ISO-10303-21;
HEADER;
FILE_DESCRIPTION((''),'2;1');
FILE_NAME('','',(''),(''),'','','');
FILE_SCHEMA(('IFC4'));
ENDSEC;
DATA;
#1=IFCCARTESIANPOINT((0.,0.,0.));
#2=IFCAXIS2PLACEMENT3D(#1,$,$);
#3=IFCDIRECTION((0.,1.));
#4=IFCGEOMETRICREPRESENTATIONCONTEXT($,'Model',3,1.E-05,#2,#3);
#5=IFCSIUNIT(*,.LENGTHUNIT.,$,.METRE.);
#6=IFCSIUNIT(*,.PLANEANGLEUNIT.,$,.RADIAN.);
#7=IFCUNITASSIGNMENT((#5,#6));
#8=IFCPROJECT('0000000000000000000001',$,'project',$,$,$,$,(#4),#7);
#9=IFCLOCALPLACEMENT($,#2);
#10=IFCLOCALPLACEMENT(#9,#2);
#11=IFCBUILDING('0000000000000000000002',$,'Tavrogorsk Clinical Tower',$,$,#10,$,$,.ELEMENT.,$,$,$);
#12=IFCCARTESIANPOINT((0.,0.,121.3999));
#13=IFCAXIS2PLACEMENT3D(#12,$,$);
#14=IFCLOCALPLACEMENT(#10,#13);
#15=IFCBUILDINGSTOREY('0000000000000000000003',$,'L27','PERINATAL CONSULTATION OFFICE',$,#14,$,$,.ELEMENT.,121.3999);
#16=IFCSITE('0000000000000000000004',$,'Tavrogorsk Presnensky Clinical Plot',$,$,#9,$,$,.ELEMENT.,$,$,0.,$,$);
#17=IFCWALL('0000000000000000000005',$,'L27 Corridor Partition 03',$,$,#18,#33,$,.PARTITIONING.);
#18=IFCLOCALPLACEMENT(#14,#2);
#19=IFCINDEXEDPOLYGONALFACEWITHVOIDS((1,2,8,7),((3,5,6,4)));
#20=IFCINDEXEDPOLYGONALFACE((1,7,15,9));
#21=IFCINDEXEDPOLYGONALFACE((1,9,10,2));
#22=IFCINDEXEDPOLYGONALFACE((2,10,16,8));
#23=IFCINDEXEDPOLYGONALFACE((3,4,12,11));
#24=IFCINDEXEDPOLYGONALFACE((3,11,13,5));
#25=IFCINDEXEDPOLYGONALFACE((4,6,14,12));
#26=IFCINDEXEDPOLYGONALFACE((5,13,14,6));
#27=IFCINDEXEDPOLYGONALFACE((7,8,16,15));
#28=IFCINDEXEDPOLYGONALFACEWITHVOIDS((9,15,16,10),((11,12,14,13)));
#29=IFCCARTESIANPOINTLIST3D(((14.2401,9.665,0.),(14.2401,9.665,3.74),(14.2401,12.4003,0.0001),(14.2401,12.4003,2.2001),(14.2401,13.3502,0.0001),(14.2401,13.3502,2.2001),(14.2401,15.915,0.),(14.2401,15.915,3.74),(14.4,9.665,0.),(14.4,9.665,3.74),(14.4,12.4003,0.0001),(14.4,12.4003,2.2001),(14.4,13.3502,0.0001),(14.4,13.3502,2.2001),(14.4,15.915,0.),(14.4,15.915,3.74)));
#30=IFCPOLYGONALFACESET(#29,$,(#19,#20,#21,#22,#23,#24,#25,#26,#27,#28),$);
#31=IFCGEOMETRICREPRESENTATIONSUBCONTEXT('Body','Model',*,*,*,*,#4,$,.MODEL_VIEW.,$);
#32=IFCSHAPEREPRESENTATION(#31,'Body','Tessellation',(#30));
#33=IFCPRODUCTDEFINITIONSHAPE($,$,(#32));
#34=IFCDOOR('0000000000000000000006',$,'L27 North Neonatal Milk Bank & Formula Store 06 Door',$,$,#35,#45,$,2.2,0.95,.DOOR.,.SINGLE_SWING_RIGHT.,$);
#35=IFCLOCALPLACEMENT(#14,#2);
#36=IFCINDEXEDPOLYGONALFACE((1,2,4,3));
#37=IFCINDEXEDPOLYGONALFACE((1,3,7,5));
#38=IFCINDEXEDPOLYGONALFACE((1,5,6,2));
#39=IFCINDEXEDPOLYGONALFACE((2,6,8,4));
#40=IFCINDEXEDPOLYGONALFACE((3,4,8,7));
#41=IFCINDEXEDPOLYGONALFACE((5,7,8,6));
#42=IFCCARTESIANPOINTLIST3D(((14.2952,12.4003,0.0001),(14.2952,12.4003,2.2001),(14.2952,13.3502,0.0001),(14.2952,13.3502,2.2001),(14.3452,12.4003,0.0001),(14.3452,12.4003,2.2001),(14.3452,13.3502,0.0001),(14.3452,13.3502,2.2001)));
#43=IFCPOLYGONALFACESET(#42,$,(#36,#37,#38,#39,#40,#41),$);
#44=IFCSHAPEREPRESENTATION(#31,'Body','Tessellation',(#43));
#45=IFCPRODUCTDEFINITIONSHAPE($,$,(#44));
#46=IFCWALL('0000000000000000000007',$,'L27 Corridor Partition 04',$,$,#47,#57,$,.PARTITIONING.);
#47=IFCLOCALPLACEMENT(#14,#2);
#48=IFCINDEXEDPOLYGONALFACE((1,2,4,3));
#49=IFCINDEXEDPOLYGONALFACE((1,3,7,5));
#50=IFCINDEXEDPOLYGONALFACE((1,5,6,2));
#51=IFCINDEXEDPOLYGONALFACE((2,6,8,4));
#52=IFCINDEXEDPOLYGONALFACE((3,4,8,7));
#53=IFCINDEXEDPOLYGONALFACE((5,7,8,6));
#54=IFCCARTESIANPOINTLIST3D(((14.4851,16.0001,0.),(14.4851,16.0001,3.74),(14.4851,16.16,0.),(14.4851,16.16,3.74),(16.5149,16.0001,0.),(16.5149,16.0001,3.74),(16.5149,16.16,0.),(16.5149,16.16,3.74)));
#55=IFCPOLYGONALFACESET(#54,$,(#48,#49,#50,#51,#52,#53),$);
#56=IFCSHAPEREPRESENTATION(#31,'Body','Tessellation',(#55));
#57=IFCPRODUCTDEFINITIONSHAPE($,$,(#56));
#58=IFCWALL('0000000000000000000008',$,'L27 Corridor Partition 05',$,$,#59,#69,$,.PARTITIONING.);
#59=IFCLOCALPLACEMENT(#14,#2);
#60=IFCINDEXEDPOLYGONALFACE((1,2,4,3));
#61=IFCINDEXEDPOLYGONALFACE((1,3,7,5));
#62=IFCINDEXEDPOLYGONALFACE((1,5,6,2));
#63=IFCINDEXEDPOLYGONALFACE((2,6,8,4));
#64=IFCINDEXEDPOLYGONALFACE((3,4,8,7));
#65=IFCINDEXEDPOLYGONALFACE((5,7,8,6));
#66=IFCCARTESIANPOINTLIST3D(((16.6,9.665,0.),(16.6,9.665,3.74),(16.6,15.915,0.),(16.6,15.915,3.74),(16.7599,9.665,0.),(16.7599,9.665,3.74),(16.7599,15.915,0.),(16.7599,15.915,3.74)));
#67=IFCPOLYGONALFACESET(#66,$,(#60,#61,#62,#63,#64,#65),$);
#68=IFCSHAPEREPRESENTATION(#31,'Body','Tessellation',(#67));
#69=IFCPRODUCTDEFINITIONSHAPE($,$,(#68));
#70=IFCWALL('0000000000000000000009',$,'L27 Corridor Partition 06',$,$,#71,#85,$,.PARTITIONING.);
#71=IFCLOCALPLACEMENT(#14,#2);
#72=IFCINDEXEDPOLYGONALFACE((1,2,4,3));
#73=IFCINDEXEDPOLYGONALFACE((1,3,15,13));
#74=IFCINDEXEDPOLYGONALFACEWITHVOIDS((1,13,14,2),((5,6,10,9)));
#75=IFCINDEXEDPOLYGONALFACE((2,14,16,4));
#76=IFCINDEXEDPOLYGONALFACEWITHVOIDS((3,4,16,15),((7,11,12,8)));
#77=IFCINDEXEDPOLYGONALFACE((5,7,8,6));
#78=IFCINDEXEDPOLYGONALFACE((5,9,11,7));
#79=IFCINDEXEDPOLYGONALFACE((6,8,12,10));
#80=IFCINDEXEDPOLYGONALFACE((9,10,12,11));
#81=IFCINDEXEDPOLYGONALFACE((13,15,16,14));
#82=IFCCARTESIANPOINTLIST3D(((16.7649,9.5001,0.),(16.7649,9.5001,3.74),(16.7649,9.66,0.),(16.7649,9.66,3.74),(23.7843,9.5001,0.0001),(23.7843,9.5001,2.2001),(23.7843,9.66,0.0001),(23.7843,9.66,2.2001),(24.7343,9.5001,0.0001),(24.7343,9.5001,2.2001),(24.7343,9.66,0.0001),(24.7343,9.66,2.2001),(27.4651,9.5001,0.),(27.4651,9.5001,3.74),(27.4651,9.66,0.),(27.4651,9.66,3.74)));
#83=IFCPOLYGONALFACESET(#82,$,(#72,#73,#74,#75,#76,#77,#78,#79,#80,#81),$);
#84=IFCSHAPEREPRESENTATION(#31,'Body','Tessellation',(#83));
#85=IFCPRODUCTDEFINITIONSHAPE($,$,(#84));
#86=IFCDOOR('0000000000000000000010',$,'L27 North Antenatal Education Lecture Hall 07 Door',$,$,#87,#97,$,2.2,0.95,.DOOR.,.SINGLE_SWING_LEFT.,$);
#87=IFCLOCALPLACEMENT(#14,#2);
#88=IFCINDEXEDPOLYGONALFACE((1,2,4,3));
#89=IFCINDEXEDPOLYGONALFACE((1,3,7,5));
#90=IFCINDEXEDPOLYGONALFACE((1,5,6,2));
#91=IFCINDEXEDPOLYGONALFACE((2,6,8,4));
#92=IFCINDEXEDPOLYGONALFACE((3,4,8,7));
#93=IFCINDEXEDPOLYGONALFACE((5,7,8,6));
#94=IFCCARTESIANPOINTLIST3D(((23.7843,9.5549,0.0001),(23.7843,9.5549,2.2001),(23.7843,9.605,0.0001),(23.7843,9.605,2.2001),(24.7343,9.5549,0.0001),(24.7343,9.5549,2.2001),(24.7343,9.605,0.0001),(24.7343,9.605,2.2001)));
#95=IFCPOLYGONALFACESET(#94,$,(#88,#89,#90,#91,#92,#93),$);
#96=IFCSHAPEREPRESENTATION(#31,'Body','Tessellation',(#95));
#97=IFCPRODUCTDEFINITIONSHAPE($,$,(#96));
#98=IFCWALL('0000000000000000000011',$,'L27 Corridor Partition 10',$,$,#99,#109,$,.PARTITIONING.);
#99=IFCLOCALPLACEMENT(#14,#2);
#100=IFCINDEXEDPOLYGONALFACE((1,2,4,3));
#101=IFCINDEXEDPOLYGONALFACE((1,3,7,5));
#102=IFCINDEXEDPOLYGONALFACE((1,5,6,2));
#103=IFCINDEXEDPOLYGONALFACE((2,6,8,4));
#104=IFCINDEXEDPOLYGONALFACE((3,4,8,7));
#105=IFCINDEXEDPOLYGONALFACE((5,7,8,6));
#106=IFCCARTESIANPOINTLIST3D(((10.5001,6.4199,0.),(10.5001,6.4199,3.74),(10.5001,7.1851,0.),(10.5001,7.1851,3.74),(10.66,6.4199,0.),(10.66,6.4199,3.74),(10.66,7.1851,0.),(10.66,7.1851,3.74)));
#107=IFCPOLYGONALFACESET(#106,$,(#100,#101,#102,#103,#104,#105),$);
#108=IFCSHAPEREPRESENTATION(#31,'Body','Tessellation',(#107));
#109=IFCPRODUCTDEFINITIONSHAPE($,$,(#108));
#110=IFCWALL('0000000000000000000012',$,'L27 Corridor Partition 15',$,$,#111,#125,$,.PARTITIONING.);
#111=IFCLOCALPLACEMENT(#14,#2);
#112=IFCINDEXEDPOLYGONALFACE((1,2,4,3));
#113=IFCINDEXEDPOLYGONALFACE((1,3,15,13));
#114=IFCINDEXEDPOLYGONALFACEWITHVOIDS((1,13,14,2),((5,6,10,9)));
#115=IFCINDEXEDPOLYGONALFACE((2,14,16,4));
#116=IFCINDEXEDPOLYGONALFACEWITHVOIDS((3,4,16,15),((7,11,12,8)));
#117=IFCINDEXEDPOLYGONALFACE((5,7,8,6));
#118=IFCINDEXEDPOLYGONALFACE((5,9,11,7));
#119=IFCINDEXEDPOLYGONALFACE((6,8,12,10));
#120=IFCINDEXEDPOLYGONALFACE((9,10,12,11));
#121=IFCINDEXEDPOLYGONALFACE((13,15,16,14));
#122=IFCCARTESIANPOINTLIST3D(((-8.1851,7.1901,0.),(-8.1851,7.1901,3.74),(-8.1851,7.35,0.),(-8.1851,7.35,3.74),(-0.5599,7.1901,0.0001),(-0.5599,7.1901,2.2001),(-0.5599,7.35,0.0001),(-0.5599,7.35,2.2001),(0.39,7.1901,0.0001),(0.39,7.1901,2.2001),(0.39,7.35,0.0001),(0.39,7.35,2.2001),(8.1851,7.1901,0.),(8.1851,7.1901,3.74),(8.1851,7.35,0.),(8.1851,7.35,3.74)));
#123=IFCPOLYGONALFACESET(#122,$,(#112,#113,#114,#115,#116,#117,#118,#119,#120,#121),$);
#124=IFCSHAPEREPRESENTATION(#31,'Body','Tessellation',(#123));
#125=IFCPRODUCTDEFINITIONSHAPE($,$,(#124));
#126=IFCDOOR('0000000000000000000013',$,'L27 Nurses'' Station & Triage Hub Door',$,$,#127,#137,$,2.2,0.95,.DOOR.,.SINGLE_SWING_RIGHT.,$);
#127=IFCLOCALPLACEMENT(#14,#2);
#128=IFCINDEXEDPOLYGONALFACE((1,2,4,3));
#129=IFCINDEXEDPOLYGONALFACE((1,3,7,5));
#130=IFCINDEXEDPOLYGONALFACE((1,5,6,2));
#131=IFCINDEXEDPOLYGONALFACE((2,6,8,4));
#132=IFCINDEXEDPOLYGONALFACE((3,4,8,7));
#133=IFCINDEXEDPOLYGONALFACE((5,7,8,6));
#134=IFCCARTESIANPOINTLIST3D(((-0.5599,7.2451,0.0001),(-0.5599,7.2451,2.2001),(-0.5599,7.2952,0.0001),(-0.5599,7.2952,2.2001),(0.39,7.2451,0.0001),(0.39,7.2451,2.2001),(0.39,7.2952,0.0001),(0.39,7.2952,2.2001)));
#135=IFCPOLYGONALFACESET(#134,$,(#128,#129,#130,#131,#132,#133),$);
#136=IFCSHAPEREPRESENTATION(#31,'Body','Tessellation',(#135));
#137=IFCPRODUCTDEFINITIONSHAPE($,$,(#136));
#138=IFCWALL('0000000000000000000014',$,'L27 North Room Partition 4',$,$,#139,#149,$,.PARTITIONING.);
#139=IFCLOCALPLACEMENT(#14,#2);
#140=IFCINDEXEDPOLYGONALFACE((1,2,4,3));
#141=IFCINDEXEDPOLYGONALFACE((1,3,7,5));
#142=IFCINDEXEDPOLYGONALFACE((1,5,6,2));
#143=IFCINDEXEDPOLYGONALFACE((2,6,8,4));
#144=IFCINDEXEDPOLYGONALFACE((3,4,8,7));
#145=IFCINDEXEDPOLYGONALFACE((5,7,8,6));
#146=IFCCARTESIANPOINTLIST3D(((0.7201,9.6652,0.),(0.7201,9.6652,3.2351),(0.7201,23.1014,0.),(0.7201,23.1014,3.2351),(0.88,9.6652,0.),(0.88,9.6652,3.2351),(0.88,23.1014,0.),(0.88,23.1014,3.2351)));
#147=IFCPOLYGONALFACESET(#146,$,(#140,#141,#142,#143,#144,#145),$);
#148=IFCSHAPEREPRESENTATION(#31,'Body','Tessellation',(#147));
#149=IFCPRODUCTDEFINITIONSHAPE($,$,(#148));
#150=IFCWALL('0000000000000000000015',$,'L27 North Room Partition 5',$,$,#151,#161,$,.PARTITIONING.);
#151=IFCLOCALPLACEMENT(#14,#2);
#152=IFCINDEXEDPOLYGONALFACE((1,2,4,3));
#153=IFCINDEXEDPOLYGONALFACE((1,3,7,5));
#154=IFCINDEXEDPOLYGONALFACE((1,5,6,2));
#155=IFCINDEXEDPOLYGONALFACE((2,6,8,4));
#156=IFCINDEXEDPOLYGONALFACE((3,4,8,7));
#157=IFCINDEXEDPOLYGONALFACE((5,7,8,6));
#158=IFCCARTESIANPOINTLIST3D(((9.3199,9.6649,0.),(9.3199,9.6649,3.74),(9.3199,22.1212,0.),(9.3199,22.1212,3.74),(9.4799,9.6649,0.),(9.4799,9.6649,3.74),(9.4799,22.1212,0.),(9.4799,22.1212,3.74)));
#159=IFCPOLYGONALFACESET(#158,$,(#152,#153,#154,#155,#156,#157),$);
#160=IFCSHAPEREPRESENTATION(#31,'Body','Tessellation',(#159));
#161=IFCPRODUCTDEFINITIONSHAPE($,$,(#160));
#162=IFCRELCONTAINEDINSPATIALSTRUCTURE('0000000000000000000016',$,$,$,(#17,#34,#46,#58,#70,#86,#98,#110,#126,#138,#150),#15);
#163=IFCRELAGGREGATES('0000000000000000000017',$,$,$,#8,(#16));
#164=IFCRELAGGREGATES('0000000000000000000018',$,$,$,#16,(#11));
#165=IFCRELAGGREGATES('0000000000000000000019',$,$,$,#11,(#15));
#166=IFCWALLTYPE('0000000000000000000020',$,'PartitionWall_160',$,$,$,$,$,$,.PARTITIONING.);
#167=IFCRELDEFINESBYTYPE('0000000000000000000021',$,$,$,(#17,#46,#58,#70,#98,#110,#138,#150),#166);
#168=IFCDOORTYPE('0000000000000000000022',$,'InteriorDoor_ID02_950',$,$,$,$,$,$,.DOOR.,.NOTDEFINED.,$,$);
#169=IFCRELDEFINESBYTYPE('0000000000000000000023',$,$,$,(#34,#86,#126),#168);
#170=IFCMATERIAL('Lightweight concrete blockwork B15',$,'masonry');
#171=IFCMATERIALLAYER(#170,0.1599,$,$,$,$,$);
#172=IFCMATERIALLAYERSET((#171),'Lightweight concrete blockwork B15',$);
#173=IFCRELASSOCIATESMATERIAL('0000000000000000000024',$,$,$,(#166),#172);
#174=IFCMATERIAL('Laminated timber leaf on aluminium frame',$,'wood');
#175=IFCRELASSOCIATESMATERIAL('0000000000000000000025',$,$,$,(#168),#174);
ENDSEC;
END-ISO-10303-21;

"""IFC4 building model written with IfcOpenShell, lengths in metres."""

from ifc_helpers import new_model, si_unit, direction, frame, frame_2d, origin, place, context, subcontext, project, spatial, rectangle, extrude, material, layer, layer_set, type_object, element, fill, save


model = new_model("IFC4")

# Units and contexts
model_context = context("Model", 3, precision=1e-05, world=origin(), true_north=direction((0.0, 1.0)))
body_context = subcontext(model_context, "Body", "Model", "MODEL_VIEW")
ifc_project = project(units=[si_unit("LENGTHUNIT", "METRE"), si_unit("PLANEANGLEUNIT", "RADIAN")], contexts=[model_context])

# Site, building, storey
site_placement = place(None, origin())
site = spatial("IfcSite", under=ifc_project, at=site_placement, Name="Tavrogorsk Presnensky Clinical Plot", CompositionType="ELEMENT", RefElevation=0.0)
building_placement = place(site_placement, origin())
building = spatial("IfcBuilding", under=site, at=building_placement, Name="Tavrogorsk Clinical Tower", CompositionType="ELEMENT")
storey_placement = place(building_placement, frame((0.0, 0.0, 121.3999)))
storey = spatial("IfcBuildingStorey", under=building, at=storey_placement, Name="L27", Description="PERINATAL CONSULTATION OFFICE", CompositionType="ELEMENT", Elevation=121.3999)

# Wall, opening, door
ifc_material_1 = material(Name="Lightweight concrete blockwork B15", Category="masonry")
ifc_layer_1 = layer(ifc_material_1, 0.1599)
ifc_layer_set_1 = layer_set([ifc_layer_1], Name="Lightweight concrete blockwork B15")
wall_type_1 = type_object("IfcWallType", Name="PartitionWall_160", PredefinedType="PARTITIONING", material=ifc_layer_set_1)
wall_1_placement = place(storey_placement, frame((14.3201, 9.665, 0.0), z_axis=(0.0, 0.0, 1.0), x_axis=(0.0, 1.0, 0.0)))
wall_1 = element("IfcWall", 1, at=wall_1_placement, inside=storey, type_object=wall_type_1, Name="L27 Corridor Partition 03", PredefinedType="PARTITIONING", context=body_context, shape_type="SweptSolid", body=[
    extrude(rectangle(XDim=6.25, YDim=0.1599, at=frame_2d((3.125, 0.0))), origin(), (0.0, 0.0, 1.0), 3.74),
])
opening_1_placement = place(wall_1_placement, frame((2.7351, 0.0, 0.0)))
opening_1 = element("IfcOpeningElement", 2, at=opening_1_placement, cuts=wall_1, PredefinedType="OPENING", context=body_context, shape_type="SweptSolid", body=[
    extrude(rectangle(XDim=0.95, YDim=2.2, at=frame_2d((0.4751, 1.1001))), frame((0.0, 0.0898, 0.0), z_axis=(0.0, -1.0, 0.0), x_axis=(1.0, 0.0, 0.0)), (0.0, 0.0, 1.0), 0.1799),
])
ifc_material_2 = material(Name="Laminated timber leaf on aluminium frame", Category="wood")
door_type = type_object("IfcDoorType", Name="InteriorDoor_ID02_950", OperationType="NOTDEFINED", PredefinedType="DOOR", material=ifc_material_2)
door_1_placement = place(opening_1_placement, origin())
door_1 = element("IfcDoor", 3, at=door_1_placement, inside=storey, type_object=door_type, Name="L27 North Neonatal Milk Bank & Formula Store 06 Door", OperationType="SINGLE_SWING_RIGHT", OverallHeight=2.2, OverallWidth=0.95, PredefinedType="DOOR", context=body_context, shape_type="SweptSolid", body=[
    extrude(rectangle(XDim=0.95, YDim=2.2, at=frame_2d((0.4751, 1.1001))), frame((0.0, 0.0249, 0.0), z_axis=(0.0, -1.0, 0.0), x_axis=(1.0, 0.0, 0.0)), (0.0, 0.0, 1.0), 0.05),
])
fill(opening_1, door_1)

# Walls
wall_2_placement = place(storey_placement, frame((14.4851, 16.0801, 0.0), z_axis=(0.0, 0.0, 1.0), x_axis=(1.0, 0.0, 0.0)))
element("IfcWall", 4, at=wall_2_placement, inside=storey, type_object=wall_type_1, Name="L27 Corridor Partition 04", PredefinedType="PARTITIONING", context=body_context, shape_type="SweptSolid", body=[
    extrude(rectangle(XDim=2.0298, YDim=0.1599, at=frame_2d((1.0149, 0.0))), origin(), (0.0, 0.0, 1.0), 3.74),
])
wall_3_placement = place(storey_placement, frame((16.6799, 15.915, 0.0), z_axis=(0.0, 0.0, 1.0), x_axis=(0.0, -1.0, 0.0)))
element("IfcWall", 5, at=wall_3_placement, inside=storey, type_object=wall_type_1, Name="L27 Corridor Partition 05", PredefinedType="PARTITIONING", context=body_context, shape_type="SweptSolid", body=[
    extrude(rectangle(XDim=6.25, YDim=0.1599, at=frame_2d((3.125, 0.0))), origin(), (0.0, 0.0, 1.0), 3.74),
])

# Wall, opening, door
wall_4_placement = place(storey_placement, frame((16.7649, 9.5801, 0.0), z_axis=(0.0, 0.0, 1.0), x_axis=(1.0, 0.0, 0.0)))
wall_4 = element("IfcWall", 6, at=wall_4_placement, inside=storey, type_object=wall_type_1, Name="L27 Corridor Partition 06", PredefinedType="PARTITIONING", context=body_context, shape_type="SweptSolid", body=[
    extrude(rectangle(XDim=10.7002, YDim=0.1599, at=frame_2d((5.3501, 0.0))), origin(), (0.0, 0.0, 1.0), 3.74),
])
opening_2_placement = place(wall_4_placement, frame((7.0193, 0.0, 0.0)))
opening_2 = element("IfcOpeningElement", 7, at=opening_2_placement, cuts=wall_4, PredefinedType="OPENING", context=body_context, shape_type="SweptSolid", body=[
    extrude(rectangle(XDim=0.95, YDim=2.2, at=frame_2d((0.4751, 1.1001))), frame((0.0, 0.0898, 0.0), z_axis=(0.0, -1.0, 0.0), x_axis=(1.0, 0.0, 0.0)), (0.0, 0.0, 1.0), 0.1799),
])
door_2_placement = place(opening_2_placement, origin())
door_2 = element("IfcDoor", 8, at=door_2_placement, inside=storey, type_object=door_type, Name="L27 North Antenatal Education Lecture Hall 07 Door", OperationType="SINGLE_SWING_LEFT", OverallHeight=2.2, OverallWidth=0.95, PredefinedType="DOOR", context=body_context, shape_type="SweptSolid", body=[
    extrude(rectangle(XDim=0.95, YDim=2.2, at=frame_2d((0.4751, 1.1001))), frame((0.0, 0.0249, 0.0), z_axis=(0.0, -1.0, 0.0), x_axis=(1.0, 0.0, 0.0)), (0.0, 0.0, 1.0), 0.05),
])
fill(opening_2, door_2)

# Wall
wall_5_placement = place(storey_placement, frame((10.5801, 7.1851, 0.0), z_axis=(0.0, 0.0, 1.0), x_axis=(0.0, -1.0, 0.0)))
element("IfcWall", 9, at=wall_5_placement, inside=storey, type_object=wall_type_1, Name="L27 Corridor Partition 10", PredefinedType="PARTITIONING", context=body_context, shape_type="SweptSolid", body=[
    extrude(rectangle(XDim=0.7651, YDim=0.1599, at=frame_2d((0.3826, 0.0))), origin(), (0.0, 0.0, 1.0), 3.74),
])

# Wall, opening, door
wall_6_placement = place(storey_placement, frame((8.1851, 7.27, 0.0), z_axis=(0.0, 0.0, 1.0), x_axis=(-1.0, 0.0, 0.0)))
wall_6 = element("IfcWall", 10, at=wall_6_placement, inside=storey, type_object=wall_type_1, Name="L27 Corridor Partition 15", PredefinedType="PARTITIONING", context=body_context, shape_type="SweptSolid", body=[
    extrude(rectangle(XDim=16.3701, YDim=0.1599, at=frame_2d((8.1851, 0.0))), origin(), (0.0, 0.0, 1.0), 3.74),
])
opening_3_placement = place(wall_6_placement, frame((7.7949, 0.0, 0.0)))
opening_3 = element("IfcOpeningElement", 11, at=opening_3_placement, cuts=wall_6, PredefinedType="OPENING", context=body_context, shape_type="SweptSolid", body=[
    extrude(rectangle(XDim=0.95, YDim=2.2, at=frame_2d((0.4751, 1.1001))), frame((0.0, 0.0898, 0.0), z_axis=(0.0, -1.0, 0.0), x_axis=(1.0, 0.0, 0.0)), (0.0, 0.0, 1.0), 0.1799),
])
door_3_placement = place(opening_3_placement, origin())
door_3 = element("IfcDoor", 12, at=door_3_placement, inside=storey, type_object=door_type, Name="L27 Nurses' Station & Triage Hub Door", OperationType="SINGLE_SWING_RIGHT", OverallHeight=2.2, OverallWidth=0.95, PredefinedType="DOOR", context=body_context, shape_type="SweptSolid", body=[
    extrude(rectangle(XDim=0.95, YDim=2.2, at=frame_2d((0.4751, 1.1001))), frame((0.0, 0.0249, 0.0), z_axis=(0.0, -1.0, 0.0), x_axis=(1.0, 0.0, 0.0)), (0.0, 0.0, 1.0), 0.05),
])
fill(opening_3, door_3)

# Walls
wall_7_placement = place(storey_placement, frame((0.8, 9.665, 0.0), z_axis=(0.0, 0.0, 1.0), x_axis=(0.0, 1.0, 0.0)))
element("IfcWall", 13, at=wall_7_placement, inside=storey, type_object=wall_type_1, Name="L27 North Room Partition 4", PredefinedType="PARTITIONING", context=body_context, shape_type="SweptSolid", body=[
    extrude(rectangle(XDim=13.4363, YDim=0.1599, at=frame_2d((6.7183, 0.0))), origin(), (0.0, 0.0, 1.0), 3.2351),
])
wall_8_placement = place(storey_placement, frame((9.3999, 9.665, 0.0), z_axis=(0.0, 0.0, 1.0), x_axis=(0.0, 1.0, 0.0)))
element("IfcWall", 14, at=wall_8_placement, inside=storey, type_object=wall_type_1, Name="L27 North Room Partition 5", PredefinedType="PARTITIONING", context=body_context, shape_type="SweptSolid", body=[
    extrude(rectangle(XDim=12.4563, YDim=0.1599, at=frame_2d((6.228, 0.0))), origin(), (0.0, 0.0, 1.0), 3.74),
])

save(model, "model.ifc")
